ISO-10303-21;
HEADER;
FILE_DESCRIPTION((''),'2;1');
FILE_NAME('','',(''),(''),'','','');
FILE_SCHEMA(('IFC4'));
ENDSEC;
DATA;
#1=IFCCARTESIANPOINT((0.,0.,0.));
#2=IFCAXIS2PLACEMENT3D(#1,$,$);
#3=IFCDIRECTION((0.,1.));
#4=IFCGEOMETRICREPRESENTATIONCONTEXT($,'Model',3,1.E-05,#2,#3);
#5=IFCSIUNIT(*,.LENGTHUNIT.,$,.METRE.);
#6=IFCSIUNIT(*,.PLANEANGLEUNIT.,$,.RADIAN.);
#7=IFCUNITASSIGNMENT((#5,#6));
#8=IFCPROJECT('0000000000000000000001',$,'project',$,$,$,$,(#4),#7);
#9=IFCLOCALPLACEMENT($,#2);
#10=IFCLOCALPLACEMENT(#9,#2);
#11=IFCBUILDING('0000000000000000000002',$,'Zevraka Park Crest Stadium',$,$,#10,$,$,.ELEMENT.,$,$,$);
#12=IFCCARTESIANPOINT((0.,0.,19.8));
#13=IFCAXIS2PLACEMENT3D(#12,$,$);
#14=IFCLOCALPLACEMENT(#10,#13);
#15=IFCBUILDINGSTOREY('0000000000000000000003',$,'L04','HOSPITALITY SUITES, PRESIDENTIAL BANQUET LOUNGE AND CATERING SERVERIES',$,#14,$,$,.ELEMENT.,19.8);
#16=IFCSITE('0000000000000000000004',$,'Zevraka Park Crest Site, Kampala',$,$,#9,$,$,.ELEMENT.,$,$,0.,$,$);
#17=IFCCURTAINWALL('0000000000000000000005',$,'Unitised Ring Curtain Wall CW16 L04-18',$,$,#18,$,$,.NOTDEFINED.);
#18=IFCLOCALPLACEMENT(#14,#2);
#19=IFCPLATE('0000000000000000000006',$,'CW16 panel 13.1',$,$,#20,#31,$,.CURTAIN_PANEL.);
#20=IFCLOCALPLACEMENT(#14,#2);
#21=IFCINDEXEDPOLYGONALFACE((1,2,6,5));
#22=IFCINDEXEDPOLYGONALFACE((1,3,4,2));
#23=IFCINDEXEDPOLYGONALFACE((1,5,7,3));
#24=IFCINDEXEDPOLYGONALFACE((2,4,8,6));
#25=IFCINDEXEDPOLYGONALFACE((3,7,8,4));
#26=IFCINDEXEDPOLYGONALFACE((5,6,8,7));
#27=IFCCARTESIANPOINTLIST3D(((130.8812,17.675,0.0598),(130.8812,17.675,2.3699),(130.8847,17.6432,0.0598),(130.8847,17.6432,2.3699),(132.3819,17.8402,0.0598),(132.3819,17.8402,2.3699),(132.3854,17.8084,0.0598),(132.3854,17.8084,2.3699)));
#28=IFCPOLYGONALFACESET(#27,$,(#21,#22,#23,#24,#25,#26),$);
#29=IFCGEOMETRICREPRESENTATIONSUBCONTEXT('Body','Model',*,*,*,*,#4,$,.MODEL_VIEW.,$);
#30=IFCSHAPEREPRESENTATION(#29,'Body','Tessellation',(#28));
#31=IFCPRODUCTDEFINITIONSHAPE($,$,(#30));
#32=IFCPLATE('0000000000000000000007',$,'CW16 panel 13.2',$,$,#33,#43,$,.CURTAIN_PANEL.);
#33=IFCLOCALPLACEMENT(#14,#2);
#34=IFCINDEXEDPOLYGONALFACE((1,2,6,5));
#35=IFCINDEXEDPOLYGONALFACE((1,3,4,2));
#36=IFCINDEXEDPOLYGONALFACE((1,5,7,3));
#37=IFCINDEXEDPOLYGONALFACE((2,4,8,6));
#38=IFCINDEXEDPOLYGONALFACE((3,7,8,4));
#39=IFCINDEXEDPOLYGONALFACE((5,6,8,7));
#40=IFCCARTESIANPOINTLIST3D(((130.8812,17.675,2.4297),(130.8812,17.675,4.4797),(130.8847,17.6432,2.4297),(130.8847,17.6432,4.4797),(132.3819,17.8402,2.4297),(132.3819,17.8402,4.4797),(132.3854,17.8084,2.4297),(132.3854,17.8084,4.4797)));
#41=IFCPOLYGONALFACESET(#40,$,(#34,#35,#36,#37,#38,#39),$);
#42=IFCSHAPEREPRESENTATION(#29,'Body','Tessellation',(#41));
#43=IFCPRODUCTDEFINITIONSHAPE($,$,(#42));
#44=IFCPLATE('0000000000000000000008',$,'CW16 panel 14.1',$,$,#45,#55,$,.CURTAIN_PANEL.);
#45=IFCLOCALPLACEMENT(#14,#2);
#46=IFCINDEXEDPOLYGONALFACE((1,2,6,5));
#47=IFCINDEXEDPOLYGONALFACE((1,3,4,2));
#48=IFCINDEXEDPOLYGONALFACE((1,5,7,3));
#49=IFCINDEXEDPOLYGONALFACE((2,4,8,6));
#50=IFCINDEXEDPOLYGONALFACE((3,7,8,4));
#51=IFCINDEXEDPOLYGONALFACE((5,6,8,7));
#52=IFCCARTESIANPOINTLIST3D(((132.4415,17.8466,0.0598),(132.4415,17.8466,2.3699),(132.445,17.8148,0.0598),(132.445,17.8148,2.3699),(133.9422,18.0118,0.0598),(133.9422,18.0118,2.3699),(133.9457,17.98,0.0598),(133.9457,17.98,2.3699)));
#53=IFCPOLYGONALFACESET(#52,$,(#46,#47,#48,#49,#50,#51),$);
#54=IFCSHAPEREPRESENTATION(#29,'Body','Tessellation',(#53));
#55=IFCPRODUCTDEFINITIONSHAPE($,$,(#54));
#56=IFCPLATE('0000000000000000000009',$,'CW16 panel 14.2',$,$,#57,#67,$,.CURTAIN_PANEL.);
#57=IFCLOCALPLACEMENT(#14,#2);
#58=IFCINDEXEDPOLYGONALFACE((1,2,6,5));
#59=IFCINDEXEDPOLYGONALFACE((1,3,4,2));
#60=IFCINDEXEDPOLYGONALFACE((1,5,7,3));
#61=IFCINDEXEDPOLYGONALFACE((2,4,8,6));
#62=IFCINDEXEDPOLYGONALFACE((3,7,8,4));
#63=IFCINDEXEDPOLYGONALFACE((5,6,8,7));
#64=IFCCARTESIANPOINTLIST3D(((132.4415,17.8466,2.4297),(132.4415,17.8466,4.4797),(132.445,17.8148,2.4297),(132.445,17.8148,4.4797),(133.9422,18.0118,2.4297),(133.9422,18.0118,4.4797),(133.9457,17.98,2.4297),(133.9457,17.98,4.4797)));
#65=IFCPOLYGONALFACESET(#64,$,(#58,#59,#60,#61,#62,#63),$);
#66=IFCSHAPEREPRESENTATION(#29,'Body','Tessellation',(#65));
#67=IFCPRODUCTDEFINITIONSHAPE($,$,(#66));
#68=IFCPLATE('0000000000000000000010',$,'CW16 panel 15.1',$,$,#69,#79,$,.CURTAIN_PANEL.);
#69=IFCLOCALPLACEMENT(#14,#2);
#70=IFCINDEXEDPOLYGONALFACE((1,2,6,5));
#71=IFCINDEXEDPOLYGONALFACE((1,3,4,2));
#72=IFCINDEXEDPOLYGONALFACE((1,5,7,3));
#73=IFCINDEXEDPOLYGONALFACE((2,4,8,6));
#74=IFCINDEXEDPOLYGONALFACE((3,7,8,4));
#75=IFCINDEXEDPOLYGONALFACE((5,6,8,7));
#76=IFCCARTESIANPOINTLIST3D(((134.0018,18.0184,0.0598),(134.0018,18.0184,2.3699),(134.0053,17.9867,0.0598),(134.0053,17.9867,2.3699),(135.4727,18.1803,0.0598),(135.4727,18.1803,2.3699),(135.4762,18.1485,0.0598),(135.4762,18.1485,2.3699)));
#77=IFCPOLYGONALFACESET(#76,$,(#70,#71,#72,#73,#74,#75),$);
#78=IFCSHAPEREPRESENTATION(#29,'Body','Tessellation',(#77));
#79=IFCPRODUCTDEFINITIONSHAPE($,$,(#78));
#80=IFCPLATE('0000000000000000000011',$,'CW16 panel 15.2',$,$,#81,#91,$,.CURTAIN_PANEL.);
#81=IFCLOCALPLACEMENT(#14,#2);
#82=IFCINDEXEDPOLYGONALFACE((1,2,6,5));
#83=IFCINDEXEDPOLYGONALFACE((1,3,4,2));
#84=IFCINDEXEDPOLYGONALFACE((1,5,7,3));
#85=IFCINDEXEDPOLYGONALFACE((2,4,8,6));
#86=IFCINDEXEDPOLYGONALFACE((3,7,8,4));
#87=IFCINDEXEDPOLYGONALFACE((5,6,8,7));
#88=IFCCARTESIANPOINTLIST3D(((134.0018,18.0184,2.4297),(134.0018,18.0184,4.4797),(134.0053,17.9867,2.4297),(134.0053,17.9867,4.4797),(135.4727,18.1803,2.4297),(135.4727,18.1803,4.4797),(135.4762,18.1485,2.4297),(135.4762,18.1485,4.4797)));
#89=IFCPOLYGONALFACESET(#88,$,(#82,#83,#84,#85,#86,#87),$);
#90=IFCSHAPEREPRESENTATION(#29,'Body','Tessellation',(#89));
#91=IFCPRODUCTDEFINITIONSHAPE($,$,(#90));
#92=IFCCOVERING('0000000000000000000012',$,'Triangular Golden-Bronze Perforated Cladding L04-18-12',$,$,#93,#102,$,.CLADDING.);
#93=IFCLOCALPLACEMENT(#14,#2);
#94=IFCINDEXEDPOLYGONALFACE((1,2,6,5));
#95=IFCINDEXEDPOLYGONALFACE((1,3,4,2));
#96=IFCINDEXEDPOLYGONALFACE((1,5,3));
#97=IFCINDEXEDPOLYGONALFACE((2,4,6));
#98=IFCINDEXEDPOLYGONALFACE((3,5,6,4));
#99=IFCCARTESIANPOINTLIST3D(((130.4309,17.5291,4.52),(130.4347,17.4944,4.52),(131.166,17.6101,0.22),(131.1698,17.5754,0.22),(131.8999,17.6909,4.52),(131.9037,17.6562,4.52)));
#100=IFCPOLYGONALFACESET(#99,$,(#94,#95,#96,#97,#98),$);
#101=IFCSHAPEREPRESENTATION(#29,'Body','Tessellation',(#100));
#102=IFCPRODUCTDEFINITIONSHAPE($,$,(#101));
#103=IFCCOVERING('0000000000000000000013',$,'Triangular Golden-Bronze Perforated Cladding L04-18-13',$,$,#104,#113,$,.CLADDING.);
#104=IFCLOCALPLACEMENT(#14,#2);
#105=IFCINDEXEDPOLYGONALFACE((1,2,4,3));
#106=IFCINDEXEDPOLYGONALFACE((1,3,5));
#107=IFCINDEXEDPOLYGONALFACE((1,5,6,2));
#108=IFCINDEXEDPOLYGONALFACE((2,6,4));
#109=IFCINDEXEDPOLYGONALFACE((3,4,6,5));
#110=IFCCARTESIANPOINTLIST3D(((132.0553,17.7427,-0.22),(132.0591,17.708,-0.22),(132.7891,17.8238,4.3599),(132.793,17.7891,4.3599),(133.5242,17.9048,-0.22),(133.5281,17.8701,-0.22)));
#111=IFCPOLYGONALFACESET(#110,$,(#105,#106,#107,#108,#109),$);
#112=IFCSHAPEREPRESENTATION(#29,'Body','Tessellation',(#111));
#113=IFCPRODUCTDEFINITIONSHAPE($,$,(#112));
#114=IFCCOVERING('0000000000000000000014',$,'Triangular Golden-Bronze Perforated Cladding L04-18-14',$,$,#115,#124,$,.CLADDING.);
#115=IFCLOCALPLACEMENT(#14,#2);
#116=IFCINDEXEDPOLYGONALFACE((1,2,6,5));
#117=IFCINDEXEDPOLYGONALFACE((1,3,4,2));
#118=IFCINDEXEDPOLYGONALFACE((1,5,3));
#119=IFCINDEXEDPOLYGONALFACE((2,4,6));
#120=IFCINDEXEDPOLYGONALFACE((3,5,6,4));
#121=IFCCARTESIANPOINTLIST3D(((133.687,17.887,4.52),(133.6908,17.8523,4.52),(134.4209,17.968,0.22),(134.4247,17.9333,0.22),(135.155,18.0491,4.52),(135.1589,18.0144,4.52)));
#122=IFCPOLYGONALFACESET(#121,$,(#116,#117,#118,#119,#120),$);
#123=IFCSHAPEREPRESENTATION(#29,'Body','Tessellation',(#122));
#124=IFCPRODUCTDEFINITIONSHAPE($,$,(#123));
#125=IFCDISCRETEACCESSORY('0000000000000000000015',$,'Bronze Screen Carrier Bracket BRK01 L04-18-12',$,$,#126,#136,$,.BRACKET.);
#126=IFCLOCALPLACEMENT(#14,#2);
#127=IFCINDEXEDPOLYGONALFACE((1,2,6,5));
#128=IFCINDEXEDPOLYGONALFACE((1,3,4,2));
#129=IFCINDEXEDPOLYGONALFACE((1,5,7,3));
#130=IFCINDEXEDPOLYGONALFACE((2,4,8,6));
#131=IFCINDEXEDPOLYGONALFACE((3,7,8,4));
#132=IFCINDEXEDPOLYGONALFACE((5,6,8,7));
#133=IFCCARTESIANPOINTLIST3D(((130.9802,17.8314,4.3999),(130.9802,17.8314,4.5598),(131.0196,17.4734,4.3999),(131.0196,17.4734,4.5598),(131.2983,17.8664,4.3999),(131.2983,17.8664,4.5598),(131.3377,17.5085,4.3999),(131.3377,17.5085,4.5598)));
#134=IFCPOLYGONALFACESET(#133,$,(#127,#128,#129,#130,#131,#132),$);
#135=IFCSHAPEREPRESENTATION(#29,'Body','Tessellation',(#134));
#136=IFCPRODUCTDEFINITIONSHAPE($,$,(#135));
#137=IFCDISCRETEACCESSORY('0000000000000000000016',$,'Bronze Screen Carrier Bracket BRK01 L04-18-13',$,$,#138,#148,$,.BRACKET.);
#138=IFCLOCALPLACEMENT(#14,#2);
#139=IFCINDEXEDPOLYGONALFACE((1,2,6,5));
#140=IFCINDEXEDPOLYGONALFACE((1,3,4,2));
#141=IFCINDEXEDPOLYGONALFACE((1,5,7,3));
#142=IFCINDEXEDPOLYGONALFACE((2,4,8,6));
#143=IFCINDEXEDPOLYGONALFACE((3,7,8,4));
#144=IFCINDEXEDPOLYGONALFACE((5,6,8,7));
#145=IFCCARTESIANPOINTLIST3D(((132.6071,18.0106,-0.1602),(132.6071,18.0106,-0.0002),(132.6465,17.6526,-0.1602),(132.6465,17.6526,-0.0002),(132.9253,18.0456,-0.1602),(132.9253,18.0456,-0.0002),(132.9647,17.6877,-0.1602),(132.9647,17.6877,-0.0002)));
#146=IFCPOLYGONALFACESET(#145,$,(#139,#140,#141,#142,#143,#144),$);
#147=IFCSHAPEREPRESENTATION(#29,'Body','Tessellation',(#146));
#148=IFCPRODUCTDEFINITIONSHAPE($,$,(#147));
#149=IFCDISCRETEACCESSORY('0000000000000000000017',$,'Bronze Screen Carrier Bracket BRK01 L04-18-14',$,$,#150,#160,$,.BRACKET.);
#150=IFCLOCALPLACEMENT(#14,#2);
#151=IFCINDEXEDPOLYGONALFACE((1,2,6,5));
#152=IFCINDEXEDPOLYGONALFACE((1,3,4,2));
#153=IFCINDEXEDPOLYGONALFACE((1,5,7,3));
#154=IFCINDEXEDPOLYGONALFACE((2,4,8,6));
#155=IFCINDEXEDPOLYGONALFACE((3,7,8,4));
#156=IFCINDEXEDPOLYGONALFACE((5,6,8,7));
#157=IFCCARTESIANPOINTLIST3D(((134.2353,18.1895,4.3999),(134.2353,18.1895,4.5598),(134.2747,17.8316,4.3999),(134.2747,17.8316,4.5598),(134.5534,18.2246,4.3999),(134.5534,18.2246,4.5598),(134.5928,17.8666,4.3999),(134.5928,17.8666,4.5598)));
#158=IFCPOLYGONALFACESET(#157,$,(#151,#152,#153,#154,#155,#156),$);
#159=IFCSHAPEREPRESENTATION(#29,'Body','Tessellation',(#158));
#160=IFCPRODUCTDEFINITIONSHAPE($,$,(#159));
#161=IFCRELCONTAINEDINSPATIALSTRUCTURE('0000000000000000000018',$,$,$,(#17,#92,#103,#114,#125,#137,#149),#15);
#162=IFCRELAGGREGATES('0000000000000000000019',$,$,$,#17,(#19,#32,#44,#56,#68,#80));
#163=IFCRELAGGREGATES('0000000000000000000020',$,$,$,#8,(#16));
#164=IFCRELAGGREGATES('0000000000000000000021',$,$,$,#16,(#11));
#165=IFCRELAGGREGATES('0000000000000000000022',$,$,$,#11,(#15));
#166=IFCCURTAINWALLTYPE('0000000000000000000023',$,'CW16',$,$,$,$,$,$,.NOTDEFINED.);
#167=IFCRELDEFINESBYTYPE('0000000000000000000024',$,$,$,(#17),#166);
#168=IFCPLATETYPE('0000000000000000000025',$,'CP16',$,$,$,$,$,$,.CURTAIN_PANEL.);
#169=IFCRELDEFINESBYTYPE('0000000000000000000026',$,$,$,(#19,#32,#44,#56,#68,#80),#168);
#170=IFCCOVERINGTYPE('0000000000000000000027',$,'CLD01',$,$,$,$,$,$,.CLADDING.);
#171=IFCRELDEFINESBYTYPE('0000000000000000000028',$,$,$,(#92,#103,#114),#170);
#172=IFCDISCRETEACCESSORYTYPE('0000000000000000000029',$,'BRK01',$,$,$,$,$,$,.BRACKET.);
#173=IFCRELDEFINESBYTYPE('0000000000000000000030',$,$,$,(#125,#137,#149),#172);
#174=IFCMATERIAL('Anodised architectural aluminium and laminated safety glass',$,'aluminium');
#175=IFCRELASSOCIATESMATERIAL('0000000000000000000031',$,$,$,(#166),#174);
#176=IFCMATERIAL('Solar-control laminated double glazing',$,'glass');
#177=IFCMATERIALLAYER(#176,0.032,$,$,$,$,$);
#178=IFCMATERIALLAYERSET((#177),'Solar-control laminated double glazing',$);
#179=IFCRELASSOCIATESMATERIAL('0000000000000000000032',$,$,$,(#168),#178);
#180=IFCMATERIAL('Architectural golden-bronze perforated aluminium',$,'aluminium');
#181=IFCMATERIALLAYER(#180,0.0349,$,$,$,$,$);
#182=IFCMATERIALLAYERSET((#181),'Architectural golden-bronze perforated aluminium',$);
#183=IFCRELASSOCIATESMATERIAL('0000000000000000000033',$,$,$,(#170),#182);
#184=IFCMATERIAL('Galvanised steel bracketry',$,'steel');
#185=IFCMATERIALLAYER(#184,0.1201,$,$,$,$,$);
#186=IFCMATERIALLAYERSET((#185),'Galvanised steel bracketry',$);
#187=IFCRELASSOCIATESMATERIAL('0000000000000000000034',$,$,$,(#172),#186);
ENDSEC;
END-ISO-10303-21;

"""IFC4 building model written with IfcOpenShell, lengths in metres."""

from ifc_helpers import new_model, si_unit, direction, frame, origin, origin_2d, place, context, subcontext, project, spatial, polyline, rectangle, outline, extrude, material, layer, layer_set, type_object, element, aggregate, save


model = new_model("IFC4")

# Units and contexts
model_context = context("Model", 3, precision=1e-05, world=origin(), true_north=direction((0.0, 1.0)))
body_context = subcontext(model_context, "Body", "Model", "MODEL_VIEW")
ifc_project = project(units=[si_unit("LENGTHUNIT", "METRE"), si_unit("PLANEANGLEUNIT", "RADIAN")], contexts=[model_context])

# Site, building, storey
site_placement = place(None, origin())
site = spatial("IfcSite", under=ifc_project, at=site_placement, Name="Zevraka Park Crest Site, Kampala", CompositionType="ELEMENT", RefElevation=0.0)
building_placement = place(site_placement, origin())
building = spatial("IfcBuilding", under=site, at=building_placement, Name="Zevraka Park Crest Stadium", CompositionType="ELEMENT")
storey_placement = place(building_placement, frame((0.0, 0.0, 19.8)))
storey = spatial("IfcBuildingStorey", under=building, at=storey_placement, Name="L04", Description="HOSPITALITY SUITES, PRESIDENTIAL BANQUET LOUNGE AND CATERING SERVERIES", CompositionType="ELEMENT", Elevation=19.8)

# Curtain wall
ifc_material_1 = material(Name="Anodised architectural aluminium and laminated safety glass", Category="aluminium")
curtain_wall_type_1 = type_object("IfcCurtainWallType", Name="CW16", PredefinedType="NOTDEFINED", material=ifc_material_1)
curtain_wall_1_placement = place(storey_placement, origin())
curtain_wall_1 = element("IfcCurtainWall", 1, at=curtain_wall_1_placement, inside=storey, type_object=curtain_wall_type_1, Name="Unitised Ring Curtain Wall CW16 L04-18", PredefinedType="NOTDEFINED")

# Plates
ifc_material_2 = material(Name="Solar-control laminated double glazing", Category="glass")
ifc_layer_1 = layer(ifc_material_2, 0.032)
ifc_layer_set_1 = layer_set([ifc_layer_1], Name="Solar-control laminated double glazing")
plate_type = type_object("IfcPlateType", Name="CP16", PredefinedType="CURTAIN_PANEL", material=ifc_layer_set_1)
plate_1_placement = place(storey_placement, frame((131.6333, 17.7417, 0.0598), z_axis=(0.0, 0.0, 1.0), x_axis=(0.993997, 0.109406, 0.0)))
plate_1 = element("IfcPlate", 2, at=plate_1_placement, type_object=plate_type, Name="CW16 panel 13.1", PredefinedType="CURTAIN_PANEL", context=body_context, shape_type="SweptSolid", body=[
    extrude(rectangle(XDim=1.5098, YDim=0.032, at=origin_2d()), origin(), (0.0, 0.0, 1.0), 2.3101),
])
plate_2_placement = place(storey_placement, frame((131.6333, 17.7417, 2.4297), z_axis=(0.0, 0.0, 1.0), x_axis=(0.993997, 0.109406, 0.0)))
plate_2 = element("IfcPlate", 3, at=plate_2_placement, type_object=plate_type, Name="CW16 panel 13.2", PredefinedType="CURTAIN_PANEL", context=body_context, shape_type="SweptSolid", body=[
    extrude(rectangle(XDim=1.5098, YDim=0.032, at=origin_2d()), origin(), (0.0, 0.0, 1.0), 2.05),
])
plate_3_placement = place(storey_placement, frame((133.1936, 17.9133, 0.0598), z_axis=(0.0, 0.0, 1.0), x_axis=(0.993997, 0.109406, 0.0)))
plate_3 = element("IfcPlate", 4, at=plate_3_placement, type_object=plate_type, Name="CW16 panel 14.1", PredefinedType="CURTAIN_PANEL", context=body_context, shape_type="SweptSolid", body=[
    extrude(rectangle(XDim=1.5098, YDim=0.032, at=origin_2d()), origin(), (0.0, 0.0, 1.0), 2.3101),
])
plate_4_placement = place(storey_placement, frame((133.1936, 17.9133, 2.4297), z_axis=(0.0, 0.0, 1.0), x_axis=(0.993997, 0.109406, 0.0)))
plate_4 = element("IfcPlate", 5, at=plate_4_placement, type_object=plate_type, Name="CW16 panel 14.2", PredefinedType="CURTAIN_PANEL", context=body_context, shape_type="SweptSolid", body=[
    extrude(rectangle(XDim=1.5098, YDim=0.032, at=origin_2d()), origin(), (0.0, 0.0, 1.0), 2.05),
])
plate_5_placement = place(storey_placement, frame((134.739, 18.0835, 0.0598), z_axis=(0.0, 0.0, 1.0), x_axis=(0.993997, 0.109406, 0.0)))
plate_5 = element("IfcPlate", 6, at=plate_5_placement, type_object=plate_type, Name="CW16 panel 15.1", PredefinedType="CURTAIN_PANEL", context=body_context, shape_type="SweptSolid", body=[
    extrude(rectangle(XDim=1.4797, YDim=0.032, at=origin_2d()), origin(), (0.0, 0.0, 1.0), 2.3101),
])
plate_6_placement = place(storey_placement, frame((134.739, 18.0835, 2.4297), z_axis=(0.0, 0.0, 1.0), x_axis=(0.993997, 0.109406, 0.0)))
plate_6 = element("IfcPlate", 7, at=plate_6_placement, type_object=plate_type, Name="CW16 panel 15.2", PredefinedType="CURTAIN_PANEL", context=body_context, shape_type="SweptSolid", body=[
    extrude(rectangle(XDim=1.4797, YDim=0.032, at=origin_2d()), origin(), (0.0, 0.0, 1.0), 2.05),
])
aggregate(curtain_wall_1, [plate_1, plate_2, plate_3, plate_4, plate_5, plate_6])

# Coverings
ifc_material_3 = material(Name="Architectural golden-bronze perforated aluminium", Category="aluminium")
ifc_layer_2 = layer(ifc_material_3, 0.0349)
ifc_layer_set_2 = layer_set([ifc_layer_2], Name="Architectural golden-bronze perforated aluminium")
covering_type = type_object("IfcCoveringType", Name="CLD01", PredefinedType="CLADDING", material=ifc_layer_set_2)
covering_1_placement = place(storey_placement, frame((131.8999, 17.6909, 4.52), z_axis=(-0.109525, 0.993984, 0.000013), x_axis=(-0.993984, -0.109525, 0.0)))
element("IfcCovering", 8, at=covering_1_placement, inside=storey, type_object=covering_type, Name="Triangular Golden-Bronze Perforated Cladding L04-18-12", PredefinedType="CLADDING", context=body_context, shape_type="SweptSolid", body=[
    extrude(outline(polyline([(0.0, 0.0), (1.4779, 0.0), (0.7383, -4.3), (0.0, 0.0)])), origin(), (0.0, 0.0, -1.0), 0.0349),
])
covering_2_placement = place(storey_placement, frame((132.0591, 17.708, -0.22), z_axis=(0.109688, -0.993966, 0.000015), x_axis=(0.993966, 0.109688, 0.0)))
element("IfcCovering", 9, at=covering_2_placement, inside=storey, type_object=covering_type, Name="Triangular Golden-Bronze Perforated Cladding L04-18-13", PredefinedType="CLADDING", context=body_context, shape_type="SweptSolid", body=[
    extrude(outline(polyline([(0.0, 0.0), (1.4779, 0.0), (0.7383, 4.5798), (0.0, 0.0)])), origin(), (0.0, 0.0, -1.0), 0.0349),
])
covering_3_placement = place(storey_placement, frame((135.155, 18.0491, 4.52), z_axis=(-0.10976, 0.993958, 0.000003), x_axis=(-0.993958, -0.10976, 0.0)))
element("IfcCovering", 10, at=covering_3_placement, inside=storey, type_object=covering_type, Name="Triangular Golden-Bronze Perforated Cladding L04-18-14", PredefinedType="CLADDING", context=body_context, shape_type="SweptSolid", body=[
    extrude(outline(polyline([(0.0, 0.0), (1.4769, 0.0), (0.7386, -4.3), (0.0, 0.0)])), origin(), (0.0, 0.0, -1.0), 0.0349),
])

# Discrete accessories
ifc_material_4 = material(Name="Galvanised steel bracketry", Category="steel")
ifc_layer_3 = layer(ifc_material_4, 0.1201)
ifc_layer_set_3 = layer_set([ifc_layer_3], Name="Galvanised steel bracketry")
discrete_accessory_type = type_object("IfcDiscreteAccessoryType", Name="BRK01", PredefinedType="BRACKET", material=ifc_layer_set_3)
for number, where, z_axis, x_axis, name in (
    (11, (131.1589, 17.6699, 4.3999), (0.0, 0.0, 1.0), (0.993999, 0.109387, 0.0), "Bronze Screen Carrier Bracket BRK01 L04-18-12"),
    (12, (132.7859, 17.8491, -0.1602), (0.0, 0.0, 1.0), (0.993999, 0.109387, 0.0), "Bronze Screen Carrier Bracket BRK01 L04-18-13"),
    (13, (134.4141, 18.0281, 4.3999), (0.0, 0.0, 1.0), (0.993999, 0.109387, 0.0), "Bronze Screen Carrier Bracket BRK01 L04-18-14"),
):
    element("IfcDiscreteAccessory", number, at=place(storey_placement, frame(where, z_axis=z_axis, x_axis=x_axis)), inside=storey, type_object=discrete_accessory_type, Name=name, PredefinedType="BRACKET", context=body_context, shape_type="SweptSolid", body=[
        extrude(rectangle(XDim=0.3201, YDim=0.3601, at=origin_2d()), origin(), (0.0, 0.0, 1.0), 0.1599),
    ])

save(model, "model.ifc")
